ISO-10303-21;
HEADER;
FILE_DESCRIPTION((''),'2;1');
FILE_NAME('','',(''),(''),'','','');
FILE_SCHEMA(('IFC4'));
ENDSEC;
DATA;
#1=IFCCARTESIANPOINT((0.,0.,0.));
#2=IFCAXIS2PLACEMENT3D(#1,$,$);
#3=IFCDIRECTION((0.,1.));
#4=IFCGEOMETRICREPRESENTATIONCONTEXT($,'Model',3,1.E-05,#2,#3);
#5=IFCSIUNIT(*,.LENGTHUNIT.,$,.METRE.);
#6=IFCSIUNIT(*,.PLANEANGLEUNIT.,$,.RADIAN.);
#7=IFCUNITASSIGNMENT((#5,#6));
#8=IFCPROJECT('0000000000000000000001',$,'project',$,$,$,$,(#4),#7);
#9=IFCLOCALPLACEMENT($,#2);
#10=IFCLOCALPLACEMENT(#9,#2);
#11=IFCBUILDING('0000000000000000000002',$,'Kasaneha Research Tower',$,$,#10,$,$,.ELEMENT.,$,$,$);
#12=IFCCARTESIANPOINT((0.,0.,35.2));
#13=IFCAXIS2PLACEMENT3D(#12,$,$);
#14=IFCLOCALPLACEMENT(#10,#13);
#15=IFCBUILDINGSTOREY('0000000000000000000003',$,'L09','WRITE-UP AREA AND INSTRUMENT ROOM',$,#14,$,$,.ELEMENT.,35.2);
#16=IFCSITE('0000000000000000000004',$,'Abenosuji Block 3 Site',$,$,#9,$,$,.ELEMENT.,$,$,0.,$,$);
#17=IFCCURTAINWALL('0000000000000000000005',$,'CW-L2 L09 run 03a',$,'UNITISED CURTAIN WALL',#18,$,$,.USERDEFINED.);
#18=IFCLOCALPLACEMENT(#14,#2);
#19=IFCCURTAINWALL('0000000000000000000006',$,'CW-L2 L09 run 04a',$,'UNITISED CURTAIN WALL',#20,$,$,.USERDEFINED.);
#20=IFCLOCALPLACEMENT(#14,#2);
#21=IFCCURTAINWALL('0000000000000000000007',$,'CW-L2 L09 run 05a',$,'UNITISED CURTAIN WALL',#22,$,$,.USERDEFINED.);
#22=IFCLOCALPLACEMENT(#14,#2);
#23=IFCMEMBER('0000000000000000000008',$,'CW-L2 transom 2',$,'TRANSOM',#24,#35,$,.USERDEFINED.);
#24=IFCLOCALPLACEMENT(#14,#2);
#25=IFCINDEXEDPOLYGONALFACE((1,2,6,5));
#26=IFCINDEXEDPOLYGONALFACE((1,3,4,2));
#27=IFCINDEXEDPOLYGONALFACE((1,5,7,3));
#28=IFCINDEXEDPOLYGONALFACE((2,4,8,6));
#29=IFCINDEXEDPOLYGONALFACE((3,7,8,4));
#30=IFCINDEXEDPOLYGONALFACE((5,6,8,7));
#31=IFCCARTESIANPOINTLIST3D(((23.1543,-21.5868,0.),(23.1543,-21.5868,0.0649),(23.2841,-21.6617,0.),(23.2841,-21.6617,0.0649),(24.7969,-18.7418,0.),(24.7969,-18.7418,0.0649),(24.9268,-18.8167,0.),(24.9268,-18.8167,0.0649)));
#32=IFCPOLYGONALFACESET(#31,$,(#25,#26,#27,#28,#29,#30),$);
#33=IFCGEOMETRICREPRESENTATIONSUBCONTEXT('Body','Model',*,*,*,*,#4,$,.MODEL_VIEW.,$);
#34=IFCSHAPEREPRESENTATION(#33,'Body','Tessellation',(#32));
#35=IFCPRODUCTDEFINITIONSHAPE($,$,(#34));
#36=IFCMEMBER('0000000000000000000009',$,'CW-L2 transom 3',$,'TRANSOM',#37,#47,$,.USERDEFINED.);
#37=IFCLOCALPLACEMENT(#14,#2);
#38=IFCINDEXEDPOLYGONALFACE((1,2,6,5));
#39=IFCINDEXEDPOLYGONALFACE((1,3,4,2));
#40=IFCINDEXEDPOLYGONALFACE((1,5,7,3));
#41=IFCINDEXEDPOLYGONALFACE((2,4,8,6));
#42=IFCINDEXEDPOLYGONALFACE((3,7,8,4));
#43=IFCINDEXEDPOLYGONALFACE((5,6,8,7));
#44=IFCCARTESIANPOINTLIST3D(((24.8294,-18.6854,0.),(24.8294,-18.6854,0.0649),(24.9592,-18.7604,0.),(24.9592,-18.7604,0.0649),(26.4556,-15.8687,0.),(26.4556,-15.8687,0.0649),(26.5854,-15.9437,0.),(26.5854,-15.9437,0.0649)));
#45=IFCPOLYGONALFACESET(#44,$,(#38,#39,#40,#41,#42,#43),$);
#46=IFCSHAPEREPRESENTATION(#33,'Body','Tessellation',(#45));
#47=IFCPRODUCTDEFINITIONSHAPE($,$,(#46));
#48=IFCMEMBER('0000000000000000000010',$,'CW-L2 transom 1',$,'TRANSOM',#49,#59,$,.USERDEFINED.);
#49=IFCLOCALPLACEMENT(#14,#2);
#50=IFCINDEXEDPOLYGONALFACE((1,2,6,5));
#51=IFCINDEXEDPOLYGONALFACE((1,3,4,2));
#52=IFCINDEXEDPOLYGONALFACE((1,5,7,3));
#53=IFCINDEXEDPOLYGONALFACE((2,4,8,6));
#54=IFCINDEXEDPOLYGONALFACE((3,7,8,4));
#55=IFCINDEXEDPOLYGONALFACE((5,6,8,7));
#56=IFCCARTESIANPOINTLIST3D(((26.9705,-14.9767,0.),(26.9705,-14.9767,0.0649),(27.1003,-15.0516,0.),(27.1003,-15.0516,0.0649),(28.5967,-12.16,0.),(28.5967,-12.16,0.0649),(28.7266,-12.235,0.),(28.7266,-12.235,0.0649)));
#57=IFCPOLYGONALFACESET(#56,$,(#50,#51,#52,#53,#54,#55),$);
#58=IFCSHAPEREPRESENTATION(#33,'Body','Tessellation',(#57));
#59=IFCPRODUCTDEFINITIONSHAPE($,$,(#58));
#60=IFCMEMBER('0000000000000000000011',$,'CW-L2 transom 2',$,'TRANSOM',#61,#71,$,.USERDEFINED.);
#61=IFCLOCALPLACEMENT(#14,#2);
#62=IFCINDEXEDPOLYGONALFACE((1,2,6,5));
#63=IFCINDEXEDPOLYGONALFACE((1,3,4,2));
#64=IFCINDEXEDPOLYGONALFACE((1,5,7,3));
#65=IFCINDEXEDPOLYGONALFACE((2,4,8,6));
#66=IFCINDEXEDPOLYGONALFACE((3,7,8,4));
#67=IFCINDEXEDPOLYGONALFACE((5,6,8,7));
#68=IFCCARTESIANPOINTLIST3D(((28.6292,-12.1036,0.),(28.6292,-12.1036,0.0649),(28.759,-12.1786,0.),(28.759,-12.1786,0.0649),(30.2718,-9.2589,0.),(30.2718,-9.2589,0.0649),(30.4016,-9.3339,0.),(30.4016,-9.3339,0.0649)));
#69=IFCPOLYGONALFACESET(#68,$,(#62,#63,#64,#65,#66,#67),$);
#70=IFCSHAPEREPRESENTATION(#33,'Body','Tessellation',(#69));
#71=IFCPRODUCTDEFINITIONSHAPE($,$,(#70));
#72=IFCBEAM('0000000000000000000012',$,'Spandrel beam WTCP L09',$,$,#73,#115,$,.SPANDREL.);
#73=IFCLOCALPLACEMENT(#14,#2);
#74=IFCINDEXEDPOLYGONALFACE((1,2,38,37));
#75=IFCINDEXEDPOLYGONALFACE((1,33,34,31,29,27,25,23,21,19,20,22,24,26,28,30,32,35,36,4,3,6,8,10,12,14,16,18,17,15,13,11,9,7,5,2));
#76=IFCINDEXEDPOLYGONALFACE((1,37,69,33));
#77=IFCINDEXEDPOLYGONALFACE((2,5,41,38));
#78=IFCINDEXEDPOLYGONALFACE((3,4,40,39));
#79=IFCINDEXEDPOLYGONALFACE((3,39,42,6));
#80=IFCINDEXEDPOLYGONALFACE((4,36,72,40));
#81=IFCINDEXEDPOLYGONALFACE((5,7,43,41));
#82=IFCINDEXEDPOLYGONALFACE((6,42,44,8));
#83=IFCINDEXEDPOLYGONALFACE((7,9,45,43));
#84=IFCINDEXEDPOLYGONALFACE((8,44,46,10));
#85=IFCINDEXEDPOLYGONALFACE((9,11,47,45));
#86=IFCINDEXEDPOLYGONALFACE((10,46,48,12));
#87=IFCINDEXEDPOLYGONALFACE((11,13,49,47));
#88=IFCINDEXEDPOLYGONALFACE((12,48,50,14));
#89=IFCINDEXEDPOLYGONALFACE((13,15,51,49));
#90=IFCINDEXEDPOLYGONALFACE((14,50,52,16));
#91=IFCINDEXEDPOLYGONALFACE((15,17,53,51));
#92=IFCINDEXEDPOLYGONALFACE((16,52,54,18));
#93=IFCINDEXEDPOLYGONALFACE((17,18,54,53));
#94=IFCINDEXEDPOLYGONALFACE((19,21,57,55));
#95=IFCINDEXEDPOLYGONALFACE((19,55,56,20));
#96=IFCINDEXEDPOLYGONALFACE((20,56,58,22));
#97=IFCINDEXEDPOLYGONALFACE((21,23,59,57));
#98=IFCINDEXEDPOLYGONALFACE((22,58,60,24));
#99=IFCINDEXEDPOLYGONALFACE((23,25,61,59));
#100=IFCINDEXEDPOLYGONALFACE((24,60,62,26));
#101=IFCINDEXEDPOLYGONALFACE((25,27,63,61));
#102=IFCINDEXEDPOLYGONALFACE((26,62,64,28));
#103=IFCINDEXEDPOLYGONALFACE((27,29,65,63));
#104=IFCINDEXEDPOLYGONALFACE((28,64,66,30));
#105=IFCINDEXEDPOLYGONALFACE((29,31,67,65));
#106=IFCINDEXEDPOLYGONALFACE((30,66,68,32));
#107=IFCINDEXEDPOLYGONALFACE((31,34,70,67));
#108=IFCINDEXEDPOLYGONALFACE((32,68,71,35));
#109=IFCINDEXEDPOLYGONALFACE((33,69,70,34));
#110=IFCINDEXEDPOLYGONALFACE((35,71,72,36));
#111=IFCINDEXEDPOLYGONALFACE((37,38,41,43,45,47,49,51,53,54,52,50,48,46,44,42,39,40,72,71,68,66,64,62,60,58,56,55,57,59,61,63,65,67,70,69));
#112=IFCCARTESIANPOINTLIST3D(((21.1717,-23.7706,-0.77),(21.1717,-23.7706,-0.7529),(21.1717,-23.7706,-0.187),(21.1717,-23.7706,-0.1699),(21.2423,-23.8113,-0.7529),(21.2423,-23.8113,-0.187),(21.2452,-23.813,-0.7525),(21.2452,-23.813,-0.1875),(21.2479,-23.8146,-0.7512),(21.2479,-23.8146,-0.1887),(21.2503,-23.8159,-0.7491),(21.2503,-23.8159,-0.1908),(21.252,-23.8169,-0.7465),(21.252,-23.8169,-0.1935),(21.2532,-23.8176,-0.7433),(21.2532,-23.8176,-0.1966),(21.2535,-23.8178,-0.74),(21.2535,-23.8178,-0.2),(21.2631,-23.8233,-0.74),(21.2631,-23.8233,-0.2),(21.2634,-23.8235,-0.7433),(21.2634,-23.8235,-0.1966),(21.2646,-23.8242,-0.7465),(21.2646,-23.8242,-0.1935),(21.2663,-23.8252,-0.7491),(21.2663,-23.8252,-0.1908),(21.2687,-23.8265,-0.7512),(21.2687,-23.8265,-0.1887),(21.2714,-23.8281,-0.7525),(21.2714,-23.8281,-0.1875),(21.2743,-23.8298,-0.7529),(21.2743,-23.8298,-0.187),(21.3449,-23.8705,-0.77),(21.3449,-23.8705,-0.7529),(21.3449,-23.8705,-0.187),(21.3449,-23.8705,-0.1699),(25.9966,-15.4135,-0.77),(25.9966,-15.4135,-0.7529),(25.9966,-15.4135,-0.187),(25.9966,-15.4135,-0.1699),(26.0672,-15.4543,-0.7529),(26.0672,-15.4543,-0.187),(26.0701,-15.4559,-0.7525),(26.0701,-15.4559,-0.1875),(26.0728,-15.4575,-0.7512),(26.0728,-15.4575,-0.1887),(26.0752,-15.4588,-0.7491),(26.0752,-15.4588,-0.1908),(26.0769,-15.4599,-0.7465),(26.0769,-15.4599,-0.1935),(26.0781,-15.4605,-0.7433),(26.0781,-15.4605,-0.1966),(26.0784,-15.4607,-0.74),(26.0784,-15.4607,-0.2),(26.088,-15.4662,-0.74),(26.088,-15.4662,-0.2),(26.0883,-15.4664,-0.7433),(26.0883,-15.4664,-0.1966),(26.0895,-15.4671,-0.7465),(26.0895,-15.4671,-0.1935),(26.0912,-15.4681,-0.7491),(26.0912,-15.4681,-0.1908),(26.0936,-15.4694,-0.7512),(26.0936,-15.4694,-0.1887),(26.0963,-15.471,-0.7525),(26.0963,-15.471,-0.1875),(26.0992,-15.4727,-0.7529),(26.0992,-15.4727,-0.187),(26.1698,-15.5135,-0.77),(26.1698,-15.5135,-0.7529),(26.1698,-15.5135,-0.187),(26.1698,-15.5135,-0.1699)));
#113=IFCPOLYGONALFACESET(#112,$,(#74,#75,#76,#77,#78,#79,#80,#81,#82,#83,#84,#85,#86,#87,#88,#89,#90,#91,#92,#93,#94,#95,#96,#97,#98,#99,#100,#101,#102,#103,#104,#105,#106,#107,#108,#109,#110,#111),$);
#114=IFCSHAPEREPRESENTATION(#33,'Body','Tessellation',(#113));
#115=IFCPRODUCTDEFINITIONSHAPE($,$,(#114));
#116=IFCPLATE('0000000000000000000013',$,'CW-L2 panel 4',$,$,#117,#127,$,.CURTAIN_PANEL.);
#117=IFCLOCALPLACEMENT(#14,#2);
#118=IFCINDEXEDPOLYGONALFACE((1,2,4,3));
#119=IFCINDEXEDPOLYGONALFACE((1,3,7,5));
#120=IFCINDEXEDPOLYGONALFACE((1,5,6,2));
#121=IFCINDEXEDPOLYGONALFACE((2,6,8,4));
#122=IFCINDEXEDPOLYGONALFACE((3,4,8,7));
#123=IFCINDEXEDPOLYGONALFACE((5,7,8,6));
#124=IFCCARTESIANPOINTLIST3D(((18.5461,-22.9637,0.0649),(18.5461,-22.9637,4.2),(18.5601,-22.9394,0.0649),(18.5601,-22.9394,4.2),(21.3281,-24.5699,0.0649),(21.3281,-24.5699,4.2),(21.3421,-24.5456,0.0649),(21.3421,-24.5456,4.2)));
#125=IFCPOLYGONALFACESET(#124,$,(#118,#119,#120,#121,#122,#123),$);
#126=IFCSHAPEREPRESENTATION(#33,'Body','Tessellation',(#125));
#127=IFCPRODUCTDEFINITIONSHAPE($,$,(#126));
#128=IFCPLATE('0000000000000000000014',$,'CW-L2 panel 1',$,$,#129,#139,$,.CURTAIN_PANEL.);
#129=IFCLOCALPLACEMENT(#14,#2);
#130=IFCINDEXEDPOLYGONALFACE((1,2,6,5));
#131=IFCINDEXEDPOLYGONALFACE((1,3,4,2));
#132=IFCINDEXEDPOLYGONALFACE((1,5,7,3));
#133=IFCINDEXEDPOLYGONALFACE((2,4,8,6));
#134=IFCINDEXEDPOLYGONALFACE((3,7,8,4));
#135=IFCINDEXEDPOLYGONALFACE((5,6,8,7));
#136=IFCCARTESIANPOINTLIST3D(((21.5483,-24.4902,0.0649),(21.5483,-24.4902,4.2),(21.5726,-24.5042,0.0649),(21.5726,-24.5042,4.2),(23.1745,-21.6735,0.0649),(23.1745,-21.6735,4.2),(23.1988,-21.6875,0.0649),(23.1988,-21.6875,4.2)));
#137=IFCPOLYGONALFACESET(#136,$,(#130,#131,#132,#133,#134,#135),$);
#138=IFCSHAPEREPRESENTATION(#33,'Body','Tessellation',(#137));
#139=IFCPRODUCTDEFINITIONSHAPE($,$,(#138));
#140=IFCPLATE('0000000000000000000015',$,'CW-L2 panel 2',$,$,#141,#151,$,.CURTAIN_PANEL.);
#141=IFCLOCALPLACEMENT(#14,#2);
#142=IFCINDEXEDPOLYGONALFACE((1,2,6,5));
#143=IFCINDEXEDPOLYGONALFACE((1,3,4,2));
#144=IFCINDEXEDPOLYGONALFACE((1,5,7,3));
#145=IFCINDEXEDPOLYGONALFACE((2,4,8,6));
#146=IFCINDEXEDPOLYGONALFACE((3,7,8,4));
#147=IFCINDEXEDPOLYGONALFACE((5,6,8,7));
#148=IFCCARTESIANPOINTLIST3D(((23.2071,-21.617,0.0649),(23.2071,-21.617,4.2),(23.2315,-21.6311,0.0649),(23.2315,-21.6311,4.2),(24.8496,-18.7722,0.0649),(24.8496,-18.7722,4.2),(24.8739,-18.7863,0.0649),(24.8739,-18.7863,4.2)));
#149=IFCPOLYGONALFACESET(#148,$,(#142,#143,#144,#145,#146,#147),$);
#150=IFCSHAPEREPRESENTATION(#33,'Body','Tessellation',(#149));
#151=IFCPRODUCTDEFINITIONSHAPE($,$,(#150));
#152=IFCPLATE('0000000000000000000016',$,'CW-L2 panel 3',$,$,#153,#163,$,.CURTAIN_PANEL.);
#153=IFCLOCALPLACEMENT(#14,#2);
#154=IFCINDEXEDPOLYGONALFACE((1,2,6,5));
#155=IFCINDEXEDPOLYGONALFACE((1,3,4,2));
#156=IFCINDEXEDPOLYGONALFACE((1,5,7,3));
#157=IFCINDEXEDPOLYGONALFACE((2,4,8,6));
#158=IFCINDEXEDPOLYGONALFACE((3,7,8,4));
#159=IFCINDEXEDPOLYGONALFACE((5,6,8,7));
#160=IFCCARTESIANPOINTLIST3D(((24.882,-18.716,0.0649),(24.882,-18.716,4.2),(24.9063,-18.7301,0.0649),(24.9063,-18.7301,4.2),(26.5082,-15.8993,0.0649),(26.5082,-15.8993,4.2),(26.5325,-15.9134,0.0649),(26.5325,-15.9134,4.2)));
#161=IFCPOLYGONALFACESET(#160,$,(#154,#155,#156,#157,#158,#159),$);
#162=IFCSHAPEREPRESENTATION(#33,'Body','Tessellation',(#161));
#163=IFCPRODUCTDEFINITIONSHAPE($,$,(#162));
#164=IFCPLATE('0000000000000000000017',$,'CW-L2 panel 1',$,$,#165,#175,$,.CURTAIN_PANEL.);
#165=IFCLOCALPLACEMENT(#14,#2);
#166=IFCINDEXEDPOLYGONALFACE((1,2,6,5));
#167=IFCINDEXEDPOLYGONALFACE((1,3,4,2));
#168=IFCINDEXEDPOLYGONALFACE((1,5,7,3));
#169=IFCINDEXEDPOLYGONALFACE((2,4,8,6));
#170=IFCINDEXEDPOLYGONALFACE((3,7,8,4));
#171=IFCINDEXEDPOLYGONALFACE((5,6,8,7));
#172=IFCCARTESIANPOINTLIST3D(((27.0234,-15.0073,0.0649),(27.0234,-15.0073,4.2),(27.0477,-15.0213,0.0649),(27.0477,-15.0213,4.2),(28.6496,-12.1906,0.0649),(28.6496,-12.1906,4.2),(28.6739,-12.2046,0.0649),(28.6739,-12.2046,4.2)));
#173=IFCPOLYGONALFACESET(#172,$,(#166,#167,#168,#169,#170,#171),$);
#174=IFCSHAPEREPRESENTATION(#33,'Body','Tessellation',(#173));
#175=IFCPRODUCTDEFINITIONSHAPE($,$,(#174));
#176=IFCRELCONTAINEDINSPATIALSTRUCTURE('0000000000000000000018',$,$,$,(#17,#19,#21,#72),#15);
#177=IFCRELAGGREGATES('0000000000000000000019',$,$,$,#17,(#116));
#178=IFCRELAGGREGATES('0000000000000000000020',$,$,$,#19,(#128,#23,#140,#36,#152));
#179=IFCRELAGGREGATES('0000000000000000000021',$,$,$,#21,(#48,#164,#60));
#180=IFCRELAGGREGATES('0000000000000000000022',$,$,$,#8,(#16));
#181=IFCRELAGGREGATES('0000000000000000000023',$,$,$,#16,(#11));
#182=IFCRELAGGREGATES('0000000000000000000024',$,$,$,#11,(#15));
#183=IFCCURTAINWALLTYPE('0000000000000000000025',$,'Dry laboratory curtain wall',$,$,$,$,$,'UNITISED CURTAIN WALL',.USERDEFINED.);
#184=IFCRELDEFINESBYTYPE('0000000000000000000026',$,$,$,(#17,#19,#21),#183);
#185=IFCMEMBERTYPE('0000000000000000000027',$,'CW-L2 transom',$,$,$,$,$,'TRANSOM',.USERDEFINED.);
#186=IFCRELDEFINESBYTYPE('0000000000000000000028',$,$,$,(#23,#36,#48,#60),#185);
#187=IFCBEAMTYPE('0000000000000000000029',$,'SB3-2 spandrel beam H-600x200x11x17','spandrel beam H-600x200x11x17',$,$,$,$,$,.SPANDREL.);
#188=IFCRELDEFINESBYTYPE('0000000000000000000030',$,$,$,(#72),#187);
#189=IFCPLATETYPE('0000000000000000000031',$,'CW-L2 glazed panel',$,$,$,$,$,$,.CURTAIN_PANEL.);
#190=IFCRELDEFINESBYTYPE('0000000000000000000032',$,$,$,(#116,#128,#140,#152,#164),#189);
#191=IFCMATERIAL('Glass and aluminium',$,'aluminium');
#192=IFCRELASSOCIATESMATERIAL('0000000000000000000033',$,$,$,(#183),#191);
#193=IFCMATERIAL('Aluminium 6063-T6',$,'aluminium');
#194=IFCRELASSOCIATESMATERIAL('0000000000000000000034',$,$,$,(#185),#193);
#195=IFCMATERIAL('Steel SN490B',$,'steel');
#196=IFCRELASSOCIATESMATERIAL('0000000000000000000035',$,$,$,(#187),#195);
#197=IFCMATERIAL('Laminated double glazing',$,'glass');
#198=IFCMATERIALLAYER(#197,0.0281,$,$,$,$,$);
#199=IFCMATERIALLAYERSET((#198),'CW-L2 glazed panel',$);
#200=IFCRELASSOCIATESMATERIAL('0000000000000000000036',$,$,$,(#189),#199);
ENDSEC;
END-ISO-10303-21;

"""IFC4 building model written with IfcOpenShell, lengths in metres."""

from ifc_helpers import new_model, si_unit, direction, frame, origin, origin_2d, place, context, subcontext, project, spatial, rectangle, i_section, extrude, material, layer, layer_set, material_profile, profile_set, type_object, element, aggregate, save


model = new_model("IFC4")

# Units and contexts
model_context = context("Model", 3, precision=1e-05, world=origin(), true_north=direction((0.0, 1.0)))
body_context = subcontext(model_context, "Body", "Model", "MODEL_VIEW")
ifc_project = project(units=[si_unit("LENGTHUNIT", "METRE"), si_unit("PLANEANGLEUNIT", "RADIAN")], contexts=[model_context])

# Site, building, storey
site_placement = place(None, origin())
site = spatial("IfcSite", under=ifc_project, at=site_placement, Name="Abenosuji Block 3 Site", CompositionType="ELEMENT", RefElevation=0.0)
building_placement = place(site_placement, origin())
building = spatial("IfcBuilding", under=site, at=building_placement, Name="Kasaneha Research Tower", CompositionType="ELEMENT")
storey_placement = place(building_placement, frame((0.0, 0.0, 35.2)))
storey = spatial("IfcBuildingStorey", under=building, at=storey_placement, Name="L09", Description="WRITE-UP AREA AND INSTRUMENT ROOM", CompositionType="ELEMENT", Elevation=35.2)

# Curtain wall
ifc_material_1 = material(Name="Glass and aluminium", Category="aluminium")
curtain_wall_type = type_object("IfcCurtainWallType", Name="Dry laboratory curtain wall", ElementType="UNITISED CURTAIN WALL", PredefinedType="USERDEFINED", material=ifc_material_1)
curtain_wall_1_placement = place(storey_placement, origin())
curtain_wall_1 = element("IfcCurtainWall", 1, at=curtain_wall_1_placement, inside=storey, type_object=curtain_wall_type, Name="CW-L2 L09 run 03a", ObjectType="UNITISED CURTAIN WALL", PredefinedType="USERDEFINED")

# Curtain walls
curtain_wall_2_placement = place(storey_placement, origin())
curtain_wall_2 = element("IfcCurtainWall", 2, at=curtain_wall_2_placement, inside=storey, type_object=curtain_wall_type, Name="CW-L2 L09 run 04a", ObjectType="UNITISED CURTAIN WALL", PredefinedType="USERDEFINED")
curtain_wall_3_placement = place(storey_placement, origin())
curtain_wall_3 = element("IfcCurtainWall", 3, at=curtain_wall_3_placement, inside=storey, type_object=curtain_wall_type, Name="CW-L2 L09 run 05a", ObjectType="UNITISED CURTAIN WALL", PredefinedType="USERDEFINED")

# Members
ifc_material_2 = material(Name="Aluminium 6063-T6", Category="aluminium")
ifc_material_profile_1 = material_profile(ifc_material_2, rectangle(XDim=0.1499, YDim=0.0649, at=origin_2d()), Name="CW-L2 transom 150x65")
ifc_profile_set_1 = profile_set([ifc_material_profile_1], Name="Aluminium 6063-T6")
member_type_1 = type_object("IfcMemberType", Name="CW-L2 transom", ElementType="TRANSOM", PredefinedType="USERDEFINED", material=ifc_profile_set_1)
member_1_placement = place(storey_placement, frame((23.2192, -21.6243, 0.0325), z_axis=(0.500008, 0.866021, 0.0), x_axis=(-0.866021, 0.500008, 0.0)))
member_1 = element("IfcMember", 4, at=member_1_placement, type_object=member_type_1, Name="CW-L2 transom 2", ObjectType="TRANSOM", PredefinedType="USERDEFINED", context=body_context, shape_type="SweptSolid", body=[
    extrude(rectangle(XDim=0.1499, YDim=0.0649, at=origin_2d()), origin(), (0.0, 0.0, 1.0), 3.2852),
])
member_2_placement = place(storey_placement, frame((24.8943, -18.7229, 0.0325), z_axis=(0.500006, 0.866022, 0.0), x_axis=(-0.866022, 0.500006, 0.0)))
member_2 = element("IfcMember", 5, at=member_2_placement, type_object=member_type_1, Name="CW-L2 transom 3", ObjectType="TRANSOM", PredefinedType="USERDEFINED", context=body_context, shape_type="SweptSolid", body=[
    extrude(rectangle(XDim=0.1499, YDim=0.0649, at=origin_2d()), origin(), (0.0, 0.0, 1.0), 3.2524),
])
member_3_placement = place(storey_placement, frame((27.0354, -15.0142, 0.0325), z_axis=(0.500006, 0.866022, 0.0), x_axis=(-0.866022, 0.500006, 0.0)))
member_3 = element("IfcMember", 6, at=member_3_placement, type_object=member_type_1, Name="CW-L2 transom 1", ObjectType="TRANSOM", PredefinedType="USERDEFINED", context=body_context, shape_type="SweptSolid", body=[
    extrude(rectangle(XDim=0.1499, YDim=0.0649, at=origin_2d()), origin(), (0.0, 0.0, 1.0), 3.2524),
])
member_4_placement = place(storey_placement, frame((28.6941, -12.1411, 0.0325), z_axis=(0.50004, 0.866002, 0.0), x_axis=(-0.866002, 0.50004, 0.0)))
member_4 = element("IfcMember", 7, at=member_4_placement, type_object=member_type_1, Name="CW-L2 transom 2", ObjectType="TRANSOM", PredefinedType="USERDEFINED", context=body_context, shape_type="SweptSolid", body=[
    extrude(rectangle(XDim=0.1499, YDim=0.0649, at=origin_2d()), origin(), (0.0, 0.0, 1.0), 3.2849),
])

# Beam
ifc_material_3 = material(Name="Steel SN490B", Category="steel")
ifc_material_profile_2 = material_profile(ifc_material_3, i_section(OverallWidth=0.2, OverallDepth=0.6001, WebThickness=0.011, FlangeThickness=0.0171, FilletRadius=0.0129, at=origin_2d()), Name="H-600x200x11x17")
ifc_profile_set_2 = profile_set([ifc_material_profile_2], Name="Steel SN490B")
beam_type_1 = type_object("IfcBeamType", Name="SB3-2 spandrel beam H-600x200x11x17", Description="spandrel beam H-600x200x11x17", PredefinedType="SPANDREL", material=ifc_profile_set_2)
beam_1_placement = place(storey_placement, frame((21.2583, -23.8206, -0.47), z_axis=(0.499995, 0.866028, 0.0), x_axis=(-0.866028, 0.499995, 0.0)))
element("IfcBeam", 8, at=beam_1_placement, inside=storey, type_object=beam_type_1, Name="Spandrel beam WTCP L09", PredefinedType="SPANDREL", context=body_context, shape_type="SweptSolid", body=[
    extrude(i_section(OverallWidth=0.2, OverallDepth=0.6001, WebThickness=0.011, FlangeThickness=0.0171, FilletRadius=0.0129, at=origin_2d()), origin(), (0.0, 0.0, 1.0), 9.6499),
])

# Plates
ifc_material_4 = material(Name="Laminated double glazing", Category="glass")
ifc_layer_1 = layer(ifc_material_4, 0.0281)
ifc_layer_set_1 = layer_set([ifc_layer_1], Name="CW-L2 glazed panel")
plate_type = type_object("IfcPlateType", Name="CW-L2 glazed panel", PredefinedType="CURTAIN_PANEL", material=ifc_layer_set_1)
plate_1_placement = place(storey_placement, frame((19.9441, -23.7546, 0.0649), z_axis=(0.0, 0.0, 1.0), x_axis=(0.866025, -0.5, 0.0)))
plate_1 = element("IfcPlate", 9, at=plate_1_placement, type_object=plate_type, Name="CW-L2 panel 4", PredefinedType="CURTAIN_PANEL", context=body_context, shape_type="SweptSolid", body=[
    extrude(rectangle(XDim=3.2124, YDim=0.0281, at=origin_2d()), origin(), (0.0, 0.0, 1.0), 4.135),
])
aggregate(curtain_wall_1, [plate_1])
plate_2_placement = place(storey_placement, frame((22.3735, -23.0889, 0.0649), z_axis=(0.0, 0.0, 1.0), x_axis=(0.5, 0.866025, 0.0)))
plate_2 = element("IfcPlate", 10, at=plate_2_placement, type_object=plate_type, Name="CW-L2 panel 1", PredefinedType="CURTAIN_PANEL", context=body_context, shape_type="SweptSolid", body=[
    extrude(rectangle(XDim=3.2524, YDim=0.0281, at=origin_2d()), origin(), (0.0, 0.0, 1.0), 4.135),
])
plate_3_placement = place(storey_placement, frame((24.0405, -20.2017, 0.0649), z_axis=(0.0, 0.0, 1.0), x_axis=(0.5, 0.866025, 0.0)))
plate_3 = element("IfcPlate", 11, at=plate_3_placement, type_object=plate_type, Name="CW-L2 panel 2", PredefinedType="CURTAIN_PANEL", context=body_context, shape_type="SweptSolid", body=[
    extrude(rectangle(XDim=3.2849, YDim=0.0281, at=origin_2d()), origin(), (0.0, 0.0, 1.0), 4.135),
])
plate_4_placement = place(storey_placement, frame((25.7073, -17.3147, 0.0649), z_axis=(0.0, 0.0, 1.0), x_axis=(0.5, 0.866025, 0.0)))
plate_4 = element("IfcPlate", 12, at=plate_4_placement, type_object=plate_type, Name="CW-L2 panel 3", PredefinedType="CURTAIN_PANEL", context=body_context, shape_type="SweptSolid", body=[
    extrude(rectangle(XDim=3.2524, YDim=0.0281, at=origin_2d()), origin(), (0.0, 0.0, 1.0), 4.135),
])
aggregate(curtain_wall_2, [plate_2, member_1, plate_3, member_2, plate_4])
plate_5_placement = place(storey_placement, frame((27.8486, -13.606, 0.0649), z_axis=(0.0, 0.0, 1.0), x_axis=(0.5, 0.866025, 0.0)))
plate_5 = element("IfcPlate", 13, at=plate_5_placement, type_object=plate_type, Name="CW-L2 panel 1", PredefinedType="CURTAIN_PANEL", context=body_context, shape_type="SweptSolid", body=[
    extrude(rectangle(XDim=3.2524, YDim=0.0281, at=origin_2d()), origin(), (0.0, 0.0, 1.0), 4.135),
])
aggregate(curtain_wall_3, [member_3, plate_5, member_4])

save(model, "model.ifc")
